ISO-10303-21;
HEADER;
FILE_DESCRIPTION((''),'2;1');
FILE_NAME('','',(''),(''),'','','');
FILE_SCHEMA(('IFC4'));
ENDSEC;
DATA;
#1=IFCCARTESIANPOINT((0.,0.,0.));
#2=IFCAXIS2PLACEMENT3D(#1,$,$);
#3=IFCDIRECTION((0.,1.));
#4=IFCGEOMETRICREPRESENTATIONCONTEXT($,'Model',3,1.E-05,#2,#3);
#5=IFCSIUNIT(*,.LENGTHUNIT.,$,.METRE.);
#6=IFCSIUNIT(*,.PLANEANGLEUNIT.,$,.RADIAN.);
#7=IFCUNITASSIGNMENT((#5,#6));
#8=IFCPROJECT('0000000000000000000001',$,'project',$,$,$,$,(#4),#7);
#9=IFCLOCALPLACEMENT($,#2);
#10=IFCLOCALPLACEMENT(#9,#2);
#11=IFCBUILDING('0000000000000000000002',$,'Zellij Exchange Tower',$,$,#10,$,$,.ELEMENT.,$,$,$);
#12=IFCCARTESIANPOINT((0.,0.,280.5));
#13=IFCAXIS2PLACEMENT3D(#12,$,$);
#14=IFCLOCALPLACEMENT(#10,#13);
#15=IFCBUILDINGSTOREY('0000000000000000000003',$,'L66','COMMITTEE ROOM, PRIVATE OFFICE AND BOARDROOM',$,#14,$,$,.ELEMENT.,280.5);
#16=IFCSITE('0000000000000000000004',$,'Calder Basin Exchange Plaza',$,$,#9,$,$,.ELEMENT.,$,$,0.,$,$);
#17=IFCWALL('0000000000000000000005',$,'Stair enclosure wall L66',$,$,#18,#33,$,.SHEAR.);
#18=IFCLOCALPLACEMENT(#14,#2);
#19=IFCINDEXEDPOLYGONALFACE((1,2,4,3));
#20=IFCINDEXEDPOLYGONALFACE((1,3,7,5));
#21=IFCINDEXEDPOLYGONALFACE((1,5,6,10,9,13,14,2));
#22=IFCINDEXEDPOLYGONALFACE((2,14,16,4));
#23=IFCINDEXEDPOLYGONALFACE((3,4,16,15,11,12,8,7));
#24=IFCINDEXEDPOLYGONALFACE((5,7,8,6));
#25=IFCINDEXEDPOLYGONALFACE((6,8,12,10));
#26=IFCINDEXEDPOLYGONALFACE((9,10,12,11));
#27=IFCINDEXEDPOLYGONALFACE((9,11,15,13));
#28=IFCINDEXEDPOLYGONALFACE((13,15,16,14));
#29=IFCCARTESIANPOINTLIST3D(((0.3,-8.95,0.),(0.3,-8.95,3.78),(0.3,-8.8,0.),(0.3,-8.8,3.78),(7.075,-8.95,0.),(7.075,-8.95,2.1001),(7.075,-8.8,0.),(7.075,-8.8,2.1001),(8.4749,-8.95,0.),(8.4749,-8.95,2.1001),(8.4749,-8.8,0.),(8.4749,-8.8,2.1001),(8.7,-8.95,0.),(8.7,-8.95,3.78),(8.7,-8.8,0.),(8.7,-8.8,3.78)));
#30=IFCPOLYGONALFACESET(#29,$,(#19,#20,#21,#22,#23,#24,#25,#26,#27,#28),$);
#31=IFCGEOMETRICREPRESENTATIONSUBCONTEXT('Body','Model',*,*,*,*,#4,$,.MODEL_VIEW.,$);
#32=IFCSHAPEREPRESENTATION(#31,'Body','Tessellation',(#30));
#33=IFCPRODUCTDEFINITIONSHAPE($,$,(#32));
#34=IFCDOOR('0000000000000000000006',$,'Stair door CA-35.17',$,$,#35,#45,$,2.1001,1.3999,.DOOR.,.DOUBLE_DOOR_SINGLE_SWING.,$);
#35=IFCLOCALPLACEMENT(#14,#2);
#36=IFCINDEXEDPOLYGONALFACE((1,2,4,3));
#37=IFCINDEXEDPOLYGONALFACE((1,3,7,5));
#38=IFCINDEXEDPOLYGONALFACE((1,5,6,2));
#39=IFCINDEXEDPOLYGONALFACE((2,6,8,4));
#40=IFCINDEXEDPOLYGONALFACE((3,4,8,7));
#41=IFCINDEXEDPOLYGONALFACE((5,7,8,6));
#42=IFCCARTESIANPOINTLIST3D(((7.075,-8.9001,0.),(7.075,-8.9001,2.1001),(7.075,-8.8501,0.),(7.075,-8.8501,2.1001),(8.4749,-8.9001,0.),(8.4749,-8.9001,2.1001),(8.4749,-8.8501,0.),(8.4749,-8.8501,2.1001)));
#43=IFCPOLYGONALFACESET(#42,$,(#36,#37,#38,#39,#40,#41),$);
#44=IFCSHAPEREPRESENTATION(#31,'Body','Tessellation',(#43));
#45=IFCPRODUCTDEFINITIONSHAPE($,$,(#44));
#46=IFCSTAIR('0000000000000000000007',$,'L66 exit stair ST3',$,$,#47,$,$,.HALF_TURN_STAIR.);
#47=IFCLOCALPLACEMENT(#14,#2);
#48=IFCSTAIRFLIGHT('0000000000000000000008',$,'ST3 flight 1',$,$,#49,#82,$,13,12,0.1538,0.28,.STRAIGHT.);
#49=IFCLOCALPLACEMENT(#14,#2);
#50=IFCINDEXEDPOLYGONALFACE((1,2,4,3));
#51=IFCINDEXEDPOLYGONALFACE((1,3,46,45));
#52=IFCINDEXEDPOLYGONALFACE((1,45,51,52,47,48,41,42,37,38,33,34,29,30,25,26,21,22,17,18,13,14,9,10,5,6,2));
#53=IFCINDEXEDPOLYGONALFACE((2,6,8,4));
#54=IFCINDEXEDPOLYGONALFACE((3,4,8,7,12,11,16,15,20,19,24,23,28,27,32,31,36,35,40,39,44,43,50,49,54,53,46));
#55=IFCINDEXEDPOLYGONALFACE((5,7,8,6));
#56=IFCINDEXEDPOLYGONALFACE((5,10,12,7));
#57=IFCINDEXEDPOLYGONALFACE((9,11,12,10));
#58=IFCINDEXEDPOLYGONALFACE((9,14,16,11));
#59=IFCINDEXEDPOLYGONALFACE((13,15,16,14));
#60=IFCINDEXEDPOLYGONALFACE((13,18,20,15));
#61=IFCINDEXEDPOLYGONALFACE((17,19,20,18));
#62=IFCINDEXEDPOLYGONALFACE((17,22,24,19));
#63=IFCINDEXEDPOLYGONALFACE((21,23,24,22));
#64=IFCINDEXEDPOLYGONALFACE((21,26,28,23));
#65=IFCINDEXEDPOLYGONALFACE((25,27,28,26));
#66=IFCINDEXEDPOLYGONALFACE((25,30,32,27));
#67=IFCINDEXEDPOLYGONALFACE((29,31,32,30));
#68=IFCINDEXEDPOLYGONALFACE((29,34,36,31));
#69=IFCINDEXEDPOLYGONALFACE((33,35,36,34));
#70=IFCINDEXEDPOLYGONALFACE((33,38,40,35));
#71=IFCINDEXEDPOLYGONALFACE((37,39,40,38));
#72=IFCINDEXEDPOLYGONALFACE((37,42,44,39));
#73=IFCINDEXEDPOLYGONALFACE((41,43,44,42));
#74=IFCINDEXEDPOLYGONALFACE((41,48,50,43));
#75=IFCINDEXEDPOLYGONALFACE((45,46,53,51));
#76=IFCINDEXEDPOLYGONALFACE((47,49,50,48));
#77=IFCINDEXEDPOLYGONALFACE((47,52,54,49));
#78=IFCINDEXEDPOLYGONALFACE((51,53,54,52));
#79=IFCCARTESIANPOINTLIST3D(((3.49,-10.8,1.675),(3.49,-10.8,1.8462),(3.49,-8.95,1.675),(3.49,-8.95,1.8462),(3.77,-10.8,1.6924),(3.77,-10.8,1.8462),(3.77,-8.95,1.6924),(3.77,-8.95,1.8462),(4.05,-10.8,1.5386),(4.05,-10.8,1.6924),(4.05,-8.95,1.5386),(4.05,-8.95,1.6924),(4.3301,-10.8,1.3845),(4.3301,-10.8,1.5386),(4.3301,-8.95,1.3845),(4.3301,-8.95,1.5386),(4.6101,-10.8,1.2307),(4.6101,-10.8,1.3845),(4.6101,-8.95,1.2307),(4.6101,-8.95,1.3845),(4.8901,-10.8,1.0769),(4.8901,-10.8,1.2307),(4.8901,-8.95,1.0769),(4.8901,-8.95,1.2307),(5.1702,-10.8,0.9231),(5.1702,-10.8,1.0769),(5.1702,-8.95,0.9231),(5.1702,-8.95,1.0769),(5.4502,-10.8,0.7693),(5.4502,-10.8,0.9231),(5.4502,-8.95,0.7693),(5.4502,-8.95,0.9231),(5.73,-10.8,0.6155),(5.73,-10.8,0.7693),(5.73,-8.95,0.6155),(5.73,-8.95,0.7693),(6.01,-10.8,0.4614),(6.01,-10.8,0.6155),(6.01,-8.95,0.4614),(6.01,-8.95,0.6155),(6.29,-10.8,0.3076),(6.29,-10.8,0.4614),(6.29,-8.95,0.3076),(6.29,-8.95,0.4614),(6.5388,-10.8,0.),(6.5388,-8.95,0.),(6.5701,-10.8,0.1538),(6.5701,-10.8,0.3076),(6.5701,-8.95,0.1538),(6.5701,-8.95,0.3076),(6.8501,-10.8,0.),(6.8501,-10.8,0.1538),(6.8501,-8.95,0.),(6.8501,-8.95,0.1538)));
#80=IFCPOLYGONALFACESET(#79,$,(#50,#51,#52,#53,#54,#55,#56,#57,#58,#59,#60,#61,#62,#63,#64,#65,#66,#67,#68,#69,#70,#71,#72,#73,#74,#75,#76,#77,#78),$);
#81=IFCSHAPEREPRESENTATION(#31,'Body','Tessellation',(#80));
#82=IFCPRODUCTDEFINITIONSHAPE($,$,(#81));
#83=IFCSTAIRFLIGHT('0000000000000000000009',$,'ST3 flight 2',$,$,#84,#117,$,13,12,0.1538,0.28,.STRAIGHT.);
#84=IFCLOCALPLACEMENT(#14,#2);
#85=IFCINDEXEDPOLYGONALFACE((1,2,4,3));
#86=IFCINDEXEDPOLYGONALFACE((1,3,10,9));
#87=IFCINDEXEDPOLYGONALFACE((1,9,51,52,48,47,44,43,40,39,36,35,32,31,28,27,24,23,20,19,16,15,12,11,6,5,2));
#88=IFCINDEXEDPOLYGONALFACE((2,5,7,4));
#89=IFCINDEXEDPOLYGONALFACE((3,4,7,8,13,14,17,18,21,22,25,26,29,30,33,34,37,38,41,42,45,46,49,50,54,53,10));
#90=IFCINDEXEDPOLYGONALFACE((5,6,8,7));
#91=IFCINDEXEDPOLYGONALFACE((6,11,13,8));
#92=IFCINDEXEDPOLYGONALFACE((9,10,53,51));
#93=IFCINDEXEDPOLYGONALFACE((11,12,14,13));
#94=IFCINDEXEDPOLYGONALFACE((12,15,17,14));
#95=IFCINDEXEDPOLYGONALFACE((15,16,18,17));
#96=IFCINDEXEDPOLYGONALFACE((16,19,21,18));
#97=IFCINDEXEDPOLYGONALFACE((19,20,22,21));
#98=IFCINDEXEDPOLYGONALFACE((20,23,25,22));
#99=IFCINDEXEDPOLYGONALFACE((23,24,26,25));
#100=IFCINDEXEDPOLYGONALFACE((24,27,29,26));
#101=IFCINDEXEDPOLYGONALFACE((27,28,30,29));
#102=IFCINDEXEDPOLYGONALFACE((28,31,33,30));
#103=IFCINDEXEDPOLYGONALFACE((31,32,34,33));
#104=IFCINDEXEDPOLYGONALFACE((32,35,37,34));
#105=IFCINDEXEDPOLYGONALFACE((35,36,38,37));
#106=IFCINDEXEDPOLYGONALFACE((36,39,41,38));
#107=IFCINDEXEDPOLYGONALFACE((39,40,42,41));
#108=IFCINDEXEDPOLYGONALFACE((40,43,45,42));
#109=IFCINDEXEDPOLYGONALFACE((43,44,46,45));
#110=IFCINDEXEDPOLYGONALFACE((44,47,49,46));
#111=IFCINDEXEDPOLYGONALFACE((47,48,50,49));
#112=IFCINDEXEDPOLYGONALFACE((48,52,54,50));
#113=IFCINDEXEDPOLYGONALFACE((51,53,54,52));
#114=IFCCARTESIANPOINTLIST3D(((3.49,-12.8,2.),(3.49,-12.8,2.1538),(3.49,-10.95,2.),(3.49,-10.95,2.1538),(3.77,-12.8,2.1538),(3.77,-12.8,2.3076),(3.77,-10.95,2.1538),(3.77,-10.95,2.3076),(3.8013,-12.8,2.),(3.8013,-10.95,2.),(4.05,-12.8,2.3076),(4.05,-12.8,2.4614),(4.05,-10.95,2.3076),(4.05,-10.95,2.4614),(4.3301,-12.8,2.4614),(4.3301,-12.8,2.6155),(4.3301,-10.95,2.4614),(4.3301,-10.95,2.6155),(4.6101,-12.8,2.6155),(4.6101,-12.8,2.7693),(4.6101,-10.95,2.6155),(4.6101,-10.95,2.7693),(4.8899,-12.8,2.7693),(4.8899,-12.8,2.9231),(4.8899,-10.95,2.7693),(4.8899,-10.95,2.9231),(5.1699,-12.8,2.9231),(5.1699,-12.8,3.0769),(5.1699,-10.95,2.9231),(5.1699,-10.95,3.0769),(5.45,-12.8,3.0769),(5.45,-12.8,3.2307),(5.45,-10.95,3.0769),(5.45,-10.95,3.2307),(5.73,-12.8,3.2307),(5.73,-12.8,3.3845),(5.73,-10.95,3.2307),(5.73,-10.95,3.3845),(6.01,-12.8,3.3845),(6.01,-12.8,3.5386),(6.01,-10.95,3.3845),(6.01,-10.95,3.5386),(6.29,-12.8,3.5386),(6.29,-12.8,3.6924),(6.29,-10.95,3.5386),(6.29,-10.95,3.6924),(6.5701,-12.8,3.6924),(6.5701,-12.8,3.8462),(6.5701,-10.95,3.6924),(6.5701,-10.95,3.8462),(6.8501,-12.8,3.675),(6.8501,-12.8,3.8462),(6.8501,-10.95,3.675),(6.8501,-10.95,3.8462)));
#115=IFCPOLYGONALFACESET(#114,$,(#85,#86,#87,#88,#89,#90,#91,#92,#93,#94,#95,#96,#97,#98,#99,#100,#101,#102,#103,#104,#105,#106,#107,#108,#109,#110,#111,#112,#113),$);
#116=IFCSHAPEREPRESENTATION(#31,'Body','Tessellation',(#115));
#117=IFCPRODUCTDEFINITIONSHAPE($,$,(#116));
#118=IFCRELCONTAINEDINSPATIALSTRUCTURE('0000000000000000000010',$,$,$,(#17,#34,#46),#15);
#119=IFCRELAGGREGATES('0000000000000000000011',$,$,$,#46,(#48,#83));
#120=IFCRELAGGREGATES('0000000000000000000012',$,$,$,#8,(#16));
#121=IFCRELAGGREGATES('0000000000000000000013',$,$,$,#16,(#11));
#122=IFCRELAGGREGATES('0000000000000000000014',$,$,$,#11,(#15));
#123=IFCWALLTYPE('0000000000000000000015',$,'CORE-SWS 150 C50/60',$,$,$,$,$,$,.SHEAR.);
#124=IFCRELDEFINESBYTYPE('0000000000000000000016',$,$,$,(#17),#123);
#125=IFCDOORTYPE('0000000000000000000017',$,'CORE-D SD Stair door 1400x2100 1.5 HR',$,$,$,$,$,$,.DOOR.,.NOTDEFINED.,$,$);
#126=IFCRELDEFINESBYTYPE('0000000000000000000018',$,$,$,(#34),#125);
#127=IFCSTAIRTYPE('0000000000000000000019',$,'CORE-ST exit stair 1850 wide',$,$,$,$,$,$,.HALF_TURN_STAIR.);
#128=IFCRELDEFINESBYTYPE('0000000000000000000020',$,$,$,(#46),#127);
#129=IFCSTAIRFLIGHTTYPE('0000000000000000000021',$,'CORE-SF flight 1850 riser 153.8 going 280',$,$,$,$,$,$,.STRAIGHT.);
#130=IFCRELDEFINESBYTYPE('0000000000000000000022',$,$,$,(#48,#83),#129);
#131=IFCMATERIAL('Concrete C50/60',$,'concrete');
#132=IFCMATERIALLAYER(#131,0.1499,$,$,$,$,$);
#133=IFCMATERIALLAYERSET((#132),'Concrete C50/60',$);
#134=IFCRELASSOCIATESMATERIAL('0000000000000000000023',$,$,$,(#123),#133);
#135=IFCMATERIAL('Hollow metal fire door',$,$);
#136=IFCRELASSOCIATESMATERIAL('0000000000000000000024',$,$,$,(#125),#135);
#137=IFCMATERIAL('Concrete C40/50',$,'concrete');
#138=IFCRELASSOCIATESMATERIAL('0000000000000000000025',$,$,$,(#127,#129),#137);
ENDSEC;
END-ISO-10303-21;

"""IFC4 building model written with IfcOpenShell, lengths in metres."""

from ifc_helpers import new_model, si_unit, direction, frame, frame_2d, origin, place, context, subcontext, project, spatial, polyline, rectangle, outline, extrude, material, layer, layer_set, type_object, element, fill, aggregate, save


model = new_model("IFC4")

# Units and contexts
model_context = context("Model", 3, precision=1e-05, world=origin(), true_north=direction((0.0, 1.0)))
body_context = subcontext(model_context, "Body", "Model", "MODEL_VIEW")
ifc_project = project(units=[si_unit("LENGTHUNIT", "METRE"), si_unit("PLANEANGLEUNIT", "RADIAN")], contexts=[model_context])

# Site, building, storey
site_placement = place(None, origin())
site = spatial("IfcSite", under=ifc_project, at=site_placement, Name="Calder Basin Exchange Plaza", CompositionType="ELEMENT", RefElevation=0.0)
building_placement = place(site_placement, origin())
building = spatial("IfcBuilding", under=site, at=building_placement, Name="Zellij Exchange Tower", CompositionType="ELEMENT")
storey_placement = place(building_placement, frame((0.0, 0.0, 280.5)))
storey = spatial("IfcBuildingStorey", under=building, at=storey_placement, Name="L66", Description="COMMITTEE ROOM, PRIVATE OFFICE AND BOARDROOM", CompositionType="ELEMENT", Elevation=280.5)

# Shared definitions
ifc_material_1 = material(Name="Concrete C50/60", Category="concrete")

# Shared definitions
ifc_material_2 = material(Name="Hollow metal fire door")

# Wall, opening, door
ifc_layer_1 = layer(ifc_material_1, 0.1499)
ifc_layer_set_1 = layer_set([ifc_layer_1], Name="Concrete C50/60")
wall_type_1 = type_object("IfcWallType", Name="CORE-SWS 150 C50/60", PredefinedType="SHEAR", material=ifc_layer_set_1)
wall_1_placement = place(storey_placement, frame((0.3, -8.875, 0.0), z_axis=(0.0, 0.0, 1.0), x_axis=(1.0, 0.0, 0.0)))
wall_1 = element("IfcWall", 1, at=wall_1_placement, inside=storey, type_object=wall_type_1, Name="Stair enclosure wall L66", PredefinedType="SHEAR", context=body_context, shape_type="SweptSolid", body=[
    extrude(rectangle(XDim=8.3999, YDim=0.1499, at=frame_2d((4.2, 0.0))), origin(), (0.0, 0.0, 1.0), 3.78),
])
opening_1_placement = place(wall_1_placement, frame((6.7749, 0.0, 0.0)))
opening_1 = element("IfcOpeningElement", 2, at=opening_1_placement, cuts=wall_1, PredefinedType="OPENING", context=body_context, shape_type="SweptSolid", body=[
    extrude(rectangle(XDim=1.3999, YDim=2.1001, at=frame_2d((0.7, 1.05))), frame((0.0, 0.0869, 0.0), z_axis=(0.0, -1.0, 0.0), x_axis=(1.0, 0.0, 0.0)), (0.0, 0.0, 1.0), 0.1738),
])
door_type_1 = type_object("IfcDoorType", Name="CORE-D SD Stair door 1400x2100 1.5 HR", OperationType="NOTDEFINED", PredefinedType="DOOR", material=ifc_material_2)
door_1_placement = place(opening_1_placement, origin())
door_1 = element("IfcDoor", 3, at=door_1_placement, inside=storey, type_object=door_type_1, Name="Stair door CA-35.17", OperationType="DOUBLE_DOOR_SINGLE_SWING", OverallHeight=2.1001, OverallWidth=1.3999, PredefinedType="DOOR", context=body_context, shape_type="SweptSolid", body=[
    extrude(rectangle(XDim=1.3999, YDim=2.1001, at=frame_2d((0.7, 1.05))), frame((0.0, 0.0249, 0.0), z_axis=(0.0, -1.0, 0.0), x_axis=(1.0, 0.0, 0.0)), (0.0, 0.0, 1.0), 0.05),
])
fill(opening_1, door_1)

# Stair, stair flights
ifc_material_3 = material(Name="Concrete C40/50", Category="concrete")
stair_type = type_object("IfcStairType", Name="CORE-ST exit stair 1850 wide", PredefinedType="HALF_TURN_STAIR", material=ifc_material_3)
stair_placement = place(storey_placement, origin())
stair = element("IfcStair", 4, at=stair_placement, inside=storey, type_object=stair_type, Name="L66 exit stair ST3", PredefinedType="HALF_TURN_STAIR")
stair_flight_type = type_object("IfcStairFlightType", Name="CORE-SF flight 1850 riser 153.8 going 280", PredefinedType="STRAIGHT", material=ifc_material_3)
stair_flight_1_placement = place(storey_placement, frame((6.8501, -9.875, 0.0), z_axis=(0.0, 0.0, 1.0), x_axis=(-1.0, 0.0, 0.0)))
stair_flight_1 = element("IfcStairFlight", 5, at=stair_flight_1_placement, type_object=stair_flight_type, Name="ST3 flight 1", NumberOfRisers=13, NumberOfTreads=12, PredefinedType="STRAIGHT", RiserHeight=0.1538, TreadLength=0.28, context=body_context, shape_type="SweptSolid", body=[
    extrude(outline(polyline([(0.0, 0.0), (0.0, 0.1538), (0.28, 0.1538), (0.28, 0.3076), (0.5601, 0.3076), (0.5601, 0.4614), (0.8401, 0.4614), (0.8401, 0.6155), (1.1201, 0.6155), (1.1201, 0.7693), (1.3999, 0.7693), (1.3999, 0.9231), (1.6799, 0.9231), (1.6799, 1.0769), (1.96, 1.0769), (1.96, 1.2307), (2.24, 1.2307), (2.24, 1.3845), (2.52, 1.3845), (2.52, 1.5386), (2.8, 1.5386), (2.8, 1.6924), (3.0801, 1.6924), (3.0801, 1.8462), (3.3601, 1.8462), (3.3601, 2.0), (3.3601, 1.675), (0.3113, 0.0), (0.0, 0.0)])), frame((0.0, 0.925, 0.0), z_axis=(0.0, -1.0, 0.0), x_axis=(1.0, 0.0, 0.0)), (0.0, 0.0, 1.0), 1.8501),
])
stair_flight_2_placement = place(storey_placement, frame((3.49, -11.875, 2.0), z_axis=(0.0, 0.0, 1.0), x_axis=(1.0, 0.0, 0.0)))
stair_flight_2 = element("IfcStairFlight", 6, at=stair_flight_2_placement, type_object=stair_flight_type, Name="ST3 flight 2", NumberOfRisers=13, NumberOfTreads=12, PredefinedType="STRAIGHT", RiserHeight=0.1538, TreadLength=0.28, context=body_context, shape_type="SweptSolid", body=[
    extrude(outline(polyline([(0.0, 0.0), (0.0, 0.1538), (0.28, 0.1538), (0.28, 0.3076), (0.5601, 0.3076), (0.5601, 0.4614), (0.8401, 0.4614), (0.8401, 0.6155), (1.1201, 0.6155), (1.1201, 0.7693), (1.3999, 0.7693), (1.3999, 0.9231), (1.6799, 0.9231), (1.6799, 1.0769), (1.96, 1.0769), (1.96, 1.2307), (2.24, 1.2307), (2.24, 1.3845), (2.52, 1.3845), (2.52, 1.5386), (2.8, 1.5386), (2.8, 1.6924), (3.0801, 1.6924), (3.0801, 1.8462), (3.3601, 1.8462), (3.3601, 2.0), (3.3601, 1.675), (0.3113, 0.0), (0.0, 0.0)])), frame((0.0, 0.925, 0.0), z_axis=(0.0, -1.0, 0.0), x_axis=(1.0, 0.0, 0.0)), (0.0, 0.0, 1.0), 1.8501),
])
aggregate(stair, [stair_flight_1, stair_flight_2])

save(model, "model.ifc")
